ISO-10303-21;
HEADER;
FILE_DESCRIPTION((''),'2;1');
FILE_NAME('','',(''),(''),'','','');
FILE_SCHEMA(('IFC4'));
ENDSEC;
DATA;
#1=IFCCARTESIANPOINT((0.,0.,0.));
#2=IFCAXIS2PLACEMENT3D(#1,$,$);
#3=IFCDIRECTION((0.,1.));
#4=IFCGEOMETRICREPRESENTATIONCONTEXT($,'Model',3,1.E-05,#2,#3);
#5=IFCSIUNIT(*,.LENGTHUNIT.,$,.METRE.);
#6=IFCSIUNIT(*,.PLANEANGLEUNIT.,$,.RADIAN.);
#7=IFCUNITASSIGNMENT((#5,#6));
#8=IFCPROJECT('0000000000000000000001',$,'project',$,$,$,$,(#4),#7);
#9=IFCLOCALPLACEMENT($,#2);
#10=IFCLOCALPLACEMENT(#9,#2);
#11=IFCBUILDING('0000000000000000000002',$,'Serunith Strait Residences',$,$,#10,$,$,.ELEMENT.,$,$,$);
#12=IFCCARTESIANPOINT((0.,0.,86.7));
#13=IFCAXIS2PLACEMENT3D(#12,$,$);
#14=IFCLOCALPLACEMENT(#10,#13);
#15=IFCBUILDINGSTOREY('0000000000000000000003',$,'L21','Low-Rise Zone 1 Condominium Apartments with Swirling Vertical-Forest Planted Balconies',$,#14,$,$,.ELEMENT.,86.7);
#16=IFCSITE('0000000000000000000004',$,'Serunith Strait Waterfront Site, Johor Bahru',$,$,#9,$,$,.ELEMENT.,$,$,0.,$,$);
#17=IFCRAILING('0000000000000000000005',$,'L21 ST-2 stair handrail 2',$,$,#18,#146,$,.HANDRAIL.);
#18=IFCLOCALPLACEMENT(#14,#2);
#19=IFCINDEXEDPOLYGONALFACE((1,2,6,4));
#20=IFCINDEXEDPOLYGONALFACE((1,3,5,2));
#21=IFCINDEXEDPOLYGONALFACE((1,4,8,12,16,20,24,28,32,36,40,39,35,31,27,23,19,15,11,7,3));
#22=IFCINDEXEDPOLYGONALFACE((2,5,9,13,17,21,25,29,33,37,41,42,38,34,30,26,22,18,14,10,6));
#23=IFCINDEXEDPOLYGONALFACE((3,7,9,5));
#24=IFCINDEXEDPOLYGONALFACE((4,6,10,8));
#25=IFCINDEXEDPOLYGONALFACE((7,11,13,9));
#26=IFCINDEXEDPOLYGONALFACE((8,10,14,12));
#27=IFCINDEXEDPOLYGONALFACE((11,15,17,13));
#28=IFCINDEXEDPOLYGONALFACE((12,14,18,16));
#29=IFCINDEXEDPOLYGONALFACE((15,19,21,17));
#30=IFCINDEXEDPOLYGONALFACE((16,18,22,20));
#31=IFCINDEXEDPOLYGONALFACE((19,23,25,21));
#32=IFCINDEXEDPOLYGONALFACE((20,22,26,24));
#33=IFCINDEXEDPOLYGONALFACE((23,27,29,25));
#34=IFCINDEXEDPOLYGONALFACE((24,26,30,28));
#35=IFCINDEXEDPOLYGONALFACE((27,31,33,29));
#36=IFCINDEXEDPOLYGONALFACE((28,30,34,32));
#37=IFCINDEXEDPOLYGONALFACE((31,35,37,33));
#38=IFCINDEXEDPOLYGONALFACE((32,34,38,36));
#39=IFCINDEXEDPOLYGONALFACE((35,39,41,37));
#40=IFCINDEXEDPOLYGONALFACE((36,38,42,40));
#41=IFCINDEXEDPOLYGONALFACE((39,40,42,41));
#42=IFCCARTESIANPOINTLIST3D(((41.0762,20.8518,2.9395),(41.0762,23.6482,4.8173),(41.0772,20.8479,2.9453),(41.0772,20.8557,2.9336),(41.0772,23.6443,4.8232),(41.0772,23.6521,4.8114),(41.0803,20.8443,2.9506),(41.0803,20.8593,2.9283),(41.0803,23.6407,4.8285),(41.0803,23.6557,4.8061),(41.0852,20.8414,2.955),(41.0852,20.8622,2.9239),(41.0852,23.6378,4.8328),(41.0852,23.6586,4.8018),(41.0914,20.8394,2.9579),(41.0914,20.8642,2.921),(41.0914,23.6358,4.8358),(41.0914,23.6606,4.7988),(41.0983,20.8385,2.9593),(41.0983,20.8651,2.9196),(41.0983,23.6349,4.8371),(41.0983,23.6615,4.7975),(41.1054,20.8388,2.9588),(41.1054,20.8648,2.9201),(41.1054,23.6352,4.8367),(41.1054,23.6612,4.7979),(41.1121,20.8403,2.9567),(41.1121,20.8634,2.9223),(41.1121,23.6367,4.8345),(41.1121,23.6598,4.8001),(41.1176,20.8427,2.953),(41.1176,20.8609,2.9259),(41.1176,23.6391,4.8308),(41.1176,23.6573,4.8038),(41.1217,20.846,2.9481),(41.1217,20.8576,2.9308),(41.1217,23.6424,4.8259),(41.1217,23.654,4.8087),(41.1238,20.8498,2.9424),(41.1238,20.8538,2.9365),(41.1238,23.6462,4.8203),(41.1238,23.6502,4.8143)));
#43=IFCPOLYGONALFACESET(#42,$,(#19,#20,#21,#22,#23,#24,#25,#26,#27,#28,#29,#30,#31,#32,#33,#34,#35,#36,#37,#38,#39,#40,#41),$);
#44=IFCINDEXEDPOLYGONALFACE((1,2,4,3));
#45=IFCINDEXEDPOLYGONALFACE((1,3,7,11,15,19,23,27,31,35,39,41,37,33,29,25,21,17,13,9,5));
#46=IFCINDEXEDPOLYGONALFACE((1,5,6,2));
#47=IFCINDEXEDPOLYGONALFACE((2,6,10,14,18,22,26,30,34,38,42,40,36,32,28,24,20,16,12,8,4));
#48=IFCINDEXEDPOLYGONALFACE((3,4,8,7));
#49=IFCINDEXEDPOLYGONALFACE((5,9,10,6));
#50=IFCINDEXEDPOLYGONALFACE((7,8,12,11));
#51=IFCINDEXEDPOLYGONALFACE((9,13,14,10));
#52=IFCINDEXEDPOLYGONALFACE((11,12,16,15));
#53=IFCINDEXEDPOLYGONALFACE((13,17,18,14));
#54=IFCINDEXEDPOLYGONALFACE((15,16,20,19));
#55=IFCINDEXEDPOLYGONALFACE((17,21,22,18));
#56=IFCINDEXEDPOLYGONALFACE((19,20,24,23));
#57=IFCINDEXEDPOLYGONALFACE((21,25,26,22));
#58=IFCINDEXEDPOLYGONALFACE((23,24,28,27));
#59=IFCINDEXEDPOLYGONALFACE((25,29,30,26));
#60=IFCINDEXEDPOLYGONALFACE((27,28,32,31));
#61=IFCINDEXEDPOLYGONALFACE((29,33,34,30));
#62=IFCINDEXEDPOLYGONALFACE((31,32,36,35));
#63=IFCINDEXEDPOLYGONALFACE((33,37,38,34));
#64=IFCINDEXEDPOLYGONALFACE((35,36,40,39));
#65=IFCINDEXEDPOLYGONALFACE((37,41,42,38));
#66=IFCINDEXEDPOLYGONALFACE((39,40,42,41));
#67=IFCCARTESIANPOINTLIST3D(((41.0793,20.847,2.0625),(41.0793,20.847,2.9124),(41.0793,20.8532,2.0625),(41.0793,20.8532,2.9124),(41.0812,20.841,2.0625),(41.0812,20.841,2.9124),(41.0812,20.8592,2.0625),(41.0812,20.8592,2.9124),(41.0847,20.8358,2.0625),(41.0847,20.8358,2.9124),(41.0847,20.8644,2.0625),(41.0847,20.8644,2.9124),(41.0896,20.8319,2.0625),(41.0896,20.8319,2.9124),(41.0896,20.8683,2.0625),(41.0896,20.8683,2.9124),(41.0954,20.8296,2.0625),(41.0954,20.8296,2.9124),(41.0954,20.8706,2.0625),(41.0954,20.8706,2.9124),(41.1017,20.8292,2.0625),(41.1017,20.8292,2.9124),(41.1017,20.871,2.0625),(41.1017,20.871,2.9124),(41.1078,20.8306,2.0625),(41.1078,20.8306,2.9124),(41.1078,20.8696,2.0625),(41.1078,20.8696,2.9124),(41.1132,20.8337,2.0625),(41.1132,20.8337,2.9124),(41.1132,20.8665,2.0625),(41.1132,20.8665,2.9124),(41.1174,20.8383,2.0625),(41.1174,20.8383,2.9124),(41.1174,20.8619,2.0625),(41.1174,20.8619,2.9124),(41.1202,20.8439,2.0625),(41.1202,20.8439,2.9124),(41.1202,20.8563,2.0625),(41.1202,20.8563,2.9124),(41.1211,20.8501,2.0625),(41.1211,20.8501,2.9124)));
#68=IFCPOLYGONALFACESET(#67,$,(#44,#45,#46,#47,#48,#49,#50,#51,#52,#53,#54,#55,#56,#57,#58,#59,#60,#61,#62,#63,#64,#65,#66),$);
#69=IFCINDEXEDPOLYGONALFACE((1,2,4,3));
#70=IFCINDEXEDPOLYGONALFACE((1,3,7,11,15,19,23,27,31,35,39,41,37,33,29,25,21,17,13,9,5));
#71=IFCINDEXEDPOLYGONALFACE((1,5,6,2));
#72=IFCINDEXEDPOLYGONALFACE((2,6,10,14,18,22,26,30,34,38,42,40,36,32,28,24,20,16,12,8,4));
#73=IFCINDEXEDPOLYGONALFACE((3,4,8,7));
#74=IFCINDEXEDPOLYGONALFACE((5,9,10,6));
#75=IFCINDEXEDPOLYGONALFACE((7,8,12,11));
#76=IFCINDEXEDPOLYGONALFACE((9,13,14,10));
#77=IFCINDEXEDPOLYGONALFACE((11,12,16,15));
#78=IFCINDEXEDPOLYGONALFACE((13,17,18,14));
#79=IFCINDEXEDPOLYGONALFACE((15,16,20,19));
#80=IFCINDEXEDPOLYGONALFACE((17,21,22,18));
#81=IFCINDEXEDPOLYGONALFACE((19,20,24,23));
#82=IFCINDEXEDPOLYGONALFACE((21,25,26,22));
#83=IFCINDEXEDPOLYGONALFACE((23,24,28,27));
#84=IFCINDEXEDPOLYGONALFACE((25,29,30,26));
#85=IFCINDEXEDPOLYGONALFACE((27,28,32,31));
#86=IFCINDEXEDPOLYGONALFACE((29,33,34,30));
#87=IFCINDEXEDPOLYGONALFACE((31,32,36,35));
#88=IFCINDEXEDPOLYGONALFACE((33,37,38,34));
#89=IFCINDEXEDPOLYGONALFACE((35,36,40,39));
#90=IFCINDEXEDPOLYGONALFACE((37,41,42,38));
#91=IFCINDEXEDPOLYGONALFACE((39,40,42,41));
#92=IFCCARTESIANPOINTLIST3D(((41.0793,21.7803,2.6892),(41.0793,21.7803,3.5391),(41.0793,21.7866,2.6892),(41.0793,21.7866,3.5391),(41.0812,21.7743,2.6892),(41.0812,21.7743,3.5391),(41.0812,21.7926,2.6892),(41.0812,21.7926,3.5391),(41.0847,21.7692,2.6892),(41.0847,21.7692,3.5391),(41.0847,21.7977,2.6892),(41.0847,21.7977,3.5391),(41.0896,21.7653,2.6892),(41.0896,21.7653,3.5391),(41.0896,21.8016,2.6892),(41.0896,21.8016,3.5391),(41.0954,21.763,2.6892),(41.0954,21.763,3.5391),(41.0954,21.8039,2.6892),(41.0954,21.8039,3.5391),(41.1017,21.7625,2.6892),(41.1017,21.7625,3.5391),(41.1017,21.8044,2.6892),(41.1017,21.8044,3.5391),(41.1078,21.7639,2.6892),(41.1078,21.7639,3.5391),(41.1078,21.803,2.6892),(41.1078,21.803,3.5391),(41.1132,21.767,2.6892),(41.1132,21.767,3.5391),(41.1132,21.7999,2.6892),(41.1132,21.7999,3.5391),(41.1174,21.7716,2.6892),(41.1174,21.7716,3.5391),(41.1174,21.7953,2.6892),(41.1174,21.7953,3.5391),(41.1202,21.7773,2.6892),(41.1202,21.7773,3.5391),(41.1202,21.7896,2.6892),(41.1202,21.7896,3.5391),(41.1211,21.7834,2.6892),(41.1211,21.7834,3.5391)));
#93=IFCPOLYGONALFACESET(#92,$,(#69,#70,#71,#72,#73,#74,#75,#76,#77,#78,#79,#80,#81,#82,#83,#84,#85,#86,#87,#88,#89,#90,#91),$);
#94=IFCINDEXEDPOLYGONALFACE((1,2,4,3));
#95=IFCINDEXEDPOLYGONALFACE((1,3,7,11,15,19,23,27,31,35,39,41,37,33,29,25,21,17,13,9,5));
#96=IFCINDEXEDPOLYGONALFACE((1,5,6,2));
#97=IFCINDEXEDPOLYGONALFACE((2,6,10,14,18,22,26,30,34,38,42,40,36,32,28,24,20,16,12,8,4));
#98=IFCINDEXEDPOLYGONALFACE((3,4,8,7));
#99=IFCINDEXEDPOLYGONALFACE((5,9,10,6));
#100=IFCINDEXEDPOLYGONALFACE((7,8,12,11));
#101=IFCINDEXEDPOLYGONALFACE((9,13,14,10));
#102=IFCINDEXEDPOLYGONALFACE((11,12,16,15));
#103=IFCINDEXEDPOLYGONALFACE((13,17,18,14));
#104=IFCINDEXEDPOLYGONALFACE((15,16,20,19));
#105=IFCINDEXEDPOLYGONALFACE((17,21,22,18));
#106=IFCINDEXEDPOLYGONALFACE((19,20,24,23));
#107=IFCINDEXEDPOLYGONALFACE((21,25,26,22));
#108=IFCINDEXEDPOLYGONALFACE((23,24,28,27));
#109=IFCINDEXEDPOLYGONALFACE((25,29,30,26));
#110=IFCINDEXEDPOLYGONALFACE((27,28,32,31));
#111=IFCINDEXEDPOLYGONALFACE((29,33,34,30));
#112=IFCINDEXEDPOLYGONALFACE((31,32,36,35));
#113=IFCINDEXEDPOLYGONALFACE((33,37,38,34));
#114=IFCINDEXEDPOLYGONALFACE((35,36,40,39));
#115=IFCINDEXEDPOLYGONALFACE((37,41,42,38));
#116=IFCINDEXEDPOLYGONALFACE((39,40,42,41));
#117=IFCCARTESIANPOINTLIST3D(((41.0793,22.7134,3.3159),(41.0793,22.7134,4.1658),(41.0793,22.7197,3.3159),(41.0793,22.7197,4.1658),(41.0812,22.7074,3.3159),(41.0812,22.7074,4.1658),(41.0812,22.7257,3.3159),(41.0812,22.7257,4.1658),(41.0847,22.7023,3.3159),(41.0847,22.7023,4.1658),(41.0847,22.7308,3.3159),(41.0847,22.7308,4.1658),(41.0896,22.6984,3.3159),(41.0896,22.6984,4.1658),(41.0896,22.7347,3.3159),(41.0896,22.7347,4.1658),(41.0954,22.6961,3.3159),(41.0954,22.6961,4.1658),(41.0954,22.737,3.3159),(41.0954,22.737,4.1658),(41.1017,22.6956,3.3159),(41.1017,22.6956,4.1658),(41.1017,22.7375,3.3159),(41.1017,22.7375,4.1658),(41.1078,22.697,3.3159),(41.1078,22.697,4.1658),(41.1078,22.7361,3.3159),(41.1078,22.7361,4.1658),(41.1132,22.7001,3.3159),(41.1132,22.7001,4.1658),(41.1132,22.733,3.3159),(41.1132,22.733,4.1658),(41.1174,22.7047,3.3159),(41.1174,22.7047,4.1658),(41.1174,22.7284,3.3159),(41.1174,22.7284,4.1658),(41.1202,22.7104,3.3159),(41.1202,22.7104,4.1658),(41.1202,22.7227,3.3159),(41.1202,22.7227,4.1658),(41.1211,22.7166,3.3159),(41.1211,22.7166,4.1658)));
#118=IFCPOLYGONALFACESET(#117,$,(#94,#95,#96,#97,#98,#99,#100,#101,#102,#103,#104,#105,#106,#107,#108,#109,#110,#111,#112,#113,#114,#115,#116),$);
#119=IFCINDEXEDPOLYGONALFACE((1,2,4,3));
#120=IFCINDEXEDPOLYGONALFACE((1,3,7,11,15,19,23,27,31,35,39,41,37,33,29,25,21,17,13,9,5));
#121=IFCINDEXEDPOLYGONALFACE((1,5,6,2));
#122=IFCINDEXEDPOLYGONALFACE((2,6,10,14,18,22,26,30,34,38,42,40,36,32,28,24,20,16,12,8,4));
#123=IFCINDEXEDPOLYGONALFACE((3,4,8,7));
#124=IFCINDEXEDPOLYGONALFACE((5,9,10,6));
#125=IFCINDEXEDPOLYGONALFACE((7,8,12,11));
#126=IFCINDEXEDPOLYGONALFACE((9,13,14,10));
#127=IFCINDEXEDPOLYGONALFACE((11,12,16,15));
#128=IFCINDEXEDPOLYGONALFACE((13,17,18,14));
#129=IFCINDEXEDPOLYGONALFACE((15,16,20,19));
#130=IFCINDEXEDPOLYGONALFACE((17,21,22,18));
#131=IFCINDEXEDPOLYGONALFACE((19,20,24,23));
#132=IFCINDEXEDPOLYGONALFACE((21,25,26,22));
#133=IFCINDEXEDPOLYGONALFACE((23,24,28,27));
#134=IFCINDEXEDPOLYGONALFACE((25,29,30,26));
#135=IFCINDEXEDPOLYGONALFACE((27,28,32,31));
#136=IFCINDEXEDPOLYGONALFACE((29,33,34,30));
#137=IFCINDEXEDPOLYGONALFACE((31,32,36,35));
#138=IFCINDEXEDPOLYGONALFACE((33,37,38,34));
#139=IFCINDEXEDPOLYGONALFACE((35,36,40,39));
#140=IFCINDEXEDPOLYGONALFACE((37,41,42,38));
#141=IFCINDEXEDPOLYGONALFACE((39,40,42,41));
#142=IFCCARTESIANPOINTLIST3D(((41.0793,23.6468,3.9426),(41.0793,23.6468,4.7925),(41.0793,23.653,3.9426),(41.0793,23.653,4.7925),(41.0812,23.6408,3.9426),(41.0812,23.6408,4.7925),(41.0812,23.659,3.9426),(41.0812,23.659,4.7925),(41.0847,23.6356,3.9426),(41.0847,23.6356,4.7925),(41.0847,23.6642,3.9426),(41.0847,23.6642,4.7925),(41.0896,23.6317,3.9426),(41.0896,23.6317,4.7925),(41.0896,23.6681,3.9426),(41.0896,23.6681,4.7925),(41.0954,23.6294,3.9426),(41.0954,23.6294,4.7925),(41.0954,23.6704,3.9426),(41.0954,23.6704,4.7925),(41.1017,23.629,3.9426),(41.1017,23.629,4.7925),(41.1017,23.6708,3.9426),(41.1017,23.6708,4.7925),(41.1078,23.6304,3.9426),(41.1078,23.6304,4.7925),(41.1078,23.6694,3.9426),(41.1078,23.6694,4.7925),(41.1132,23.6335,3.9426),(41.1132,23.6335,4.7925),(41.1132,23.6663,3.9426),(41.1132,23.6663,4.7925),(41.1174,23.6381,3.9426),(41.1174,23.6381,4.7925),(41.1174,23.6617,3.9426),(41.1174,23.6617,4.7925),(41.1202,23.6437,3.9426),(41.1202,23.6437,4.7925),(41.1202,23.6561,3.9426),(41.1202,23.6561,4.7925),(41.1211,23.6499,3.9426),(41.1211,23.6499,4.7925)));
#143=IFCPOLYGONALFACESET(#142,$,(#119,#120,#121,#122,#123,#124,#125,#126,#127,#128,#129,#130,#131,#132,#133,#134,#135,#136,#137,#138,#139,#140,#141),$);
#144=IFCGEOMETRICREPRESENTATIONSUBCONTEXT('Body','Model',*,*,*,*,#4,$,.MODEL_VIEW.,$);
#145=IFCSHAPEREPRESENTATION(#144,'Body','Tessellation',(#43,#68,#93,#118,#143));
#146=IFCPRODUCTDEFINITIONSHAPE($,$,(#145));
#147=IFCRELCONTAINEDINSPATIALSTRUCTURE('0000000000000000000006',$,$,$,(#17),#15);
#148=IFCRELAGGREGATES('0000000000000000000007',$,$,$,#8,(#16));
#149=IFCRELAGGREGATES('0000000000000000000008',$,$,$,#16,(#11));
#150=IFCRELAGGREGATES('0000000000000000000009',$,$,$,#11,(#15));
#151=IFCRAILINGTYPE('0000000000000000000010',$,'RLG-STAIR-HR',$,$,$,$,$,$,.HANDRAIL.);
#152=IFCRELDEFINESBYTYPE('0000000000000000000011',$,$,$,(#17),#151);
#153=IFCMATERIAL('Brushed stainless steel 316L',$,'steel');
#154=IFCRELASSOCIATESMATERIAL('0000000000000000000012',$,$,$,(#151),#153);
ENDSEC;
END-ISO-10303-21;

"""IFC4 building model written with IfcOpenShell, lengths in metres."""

from ifc_helpers import new_model, si_unit, direction, frame, origin, origin_2d, place, context, subcontext, project, spatial, circle, extrude, material, type_object, element, save


model = new_model("IFC4")

# Units and contexts
model_context = context("Model", 3, precision=1e-05, world=origin(), true_north=direction((0.0, 1.0)))
body_context = subcontext(model_context, "Body", "Model", "MODEL_VIEW")
ifc_project = project(units=[si_unit("LENGTHUNIT", "METRE"), si_unit("PLANEANGLEUNIT", "RADIAN")], contexts=[model_context])

# Site, building, storey
site_placement = place(None, origin())
site = spatial("IfcSite", under=ifc_project, at=site_placement, Name="Serunith Strait Waterfront Site, Johor Bahru", CompositionType="ELEMENT", RefElevation=0.0)
building_placement = place(site_placement, origin())
building = spatial("IfcBuilding", under=site, at=building_placement, Name="Serunith Strait Residences", CompositionType="ELEMENT")
storey_placement = place(building_placement, frame((0.0, 0.0, 86.7)))
storey = spatial("IfcBuildingStorey", under=building, at=storey_placement, Name="L21", Description="Low-Rise Zone 1 Condominium Apartments with Swirling Vertical-Forest Planted Balconies", CompositionType="ELEMENT", Elevation=86.7)

# Railing
ifc_material_1 = material(Name="Brushed stainless steel 316L", Category="steel")
railing_type_1 = type_object("IfcRailingType", Name="RLG-STAIR-HR", PredefinedType="HANDRAIL", material=ifc_material_1)
railing_1_placement = place(storey_placement, frame((41.1001, 20.8501, 2.0625)))
element("IfcRailing", 1, at=railing_1_placement, inside=storey, type_object=railing_type_1, Name="L21 ST-2 stair handrail 2", PredefinedType="HANDRAIL", context=body_context, shape_type="SweptSolid", body=[
    extrude(circle(Radius=0.0239, at=origin_2d()), frame((0.0, 0.0017, 0.877), z_axis=(0.0, 0.830186, 0.557487), x_axis=(-1.0, 0.0, 0.0)), (0.0, 0.0, 1.0), 3.3684),
    extrude(circle(Radius=0.021, at=origin_2d()), origin(), (0.0, 0.0, 1.0), 0.8499),
    extrude(circle(Radius=0.021, at=origin_2d()), frame((0.0, 0.9333, 0.6267)), (0.0, 0.0, 1.0), 0.8499),
    extrude(circle(Radius=0.021, at=origin_2d()), frame((0.0, 1.8665, 1.2534)), (0.0, 0.0, 1.0), 0.8499),
    extrude(circle(Radius=0.021, at=origin_2d()), frame((0.0, 2.7998, 1.8801)), (0.0, 0.0, 1.0), 0.8499),
])

save(model, "model.ifc")
